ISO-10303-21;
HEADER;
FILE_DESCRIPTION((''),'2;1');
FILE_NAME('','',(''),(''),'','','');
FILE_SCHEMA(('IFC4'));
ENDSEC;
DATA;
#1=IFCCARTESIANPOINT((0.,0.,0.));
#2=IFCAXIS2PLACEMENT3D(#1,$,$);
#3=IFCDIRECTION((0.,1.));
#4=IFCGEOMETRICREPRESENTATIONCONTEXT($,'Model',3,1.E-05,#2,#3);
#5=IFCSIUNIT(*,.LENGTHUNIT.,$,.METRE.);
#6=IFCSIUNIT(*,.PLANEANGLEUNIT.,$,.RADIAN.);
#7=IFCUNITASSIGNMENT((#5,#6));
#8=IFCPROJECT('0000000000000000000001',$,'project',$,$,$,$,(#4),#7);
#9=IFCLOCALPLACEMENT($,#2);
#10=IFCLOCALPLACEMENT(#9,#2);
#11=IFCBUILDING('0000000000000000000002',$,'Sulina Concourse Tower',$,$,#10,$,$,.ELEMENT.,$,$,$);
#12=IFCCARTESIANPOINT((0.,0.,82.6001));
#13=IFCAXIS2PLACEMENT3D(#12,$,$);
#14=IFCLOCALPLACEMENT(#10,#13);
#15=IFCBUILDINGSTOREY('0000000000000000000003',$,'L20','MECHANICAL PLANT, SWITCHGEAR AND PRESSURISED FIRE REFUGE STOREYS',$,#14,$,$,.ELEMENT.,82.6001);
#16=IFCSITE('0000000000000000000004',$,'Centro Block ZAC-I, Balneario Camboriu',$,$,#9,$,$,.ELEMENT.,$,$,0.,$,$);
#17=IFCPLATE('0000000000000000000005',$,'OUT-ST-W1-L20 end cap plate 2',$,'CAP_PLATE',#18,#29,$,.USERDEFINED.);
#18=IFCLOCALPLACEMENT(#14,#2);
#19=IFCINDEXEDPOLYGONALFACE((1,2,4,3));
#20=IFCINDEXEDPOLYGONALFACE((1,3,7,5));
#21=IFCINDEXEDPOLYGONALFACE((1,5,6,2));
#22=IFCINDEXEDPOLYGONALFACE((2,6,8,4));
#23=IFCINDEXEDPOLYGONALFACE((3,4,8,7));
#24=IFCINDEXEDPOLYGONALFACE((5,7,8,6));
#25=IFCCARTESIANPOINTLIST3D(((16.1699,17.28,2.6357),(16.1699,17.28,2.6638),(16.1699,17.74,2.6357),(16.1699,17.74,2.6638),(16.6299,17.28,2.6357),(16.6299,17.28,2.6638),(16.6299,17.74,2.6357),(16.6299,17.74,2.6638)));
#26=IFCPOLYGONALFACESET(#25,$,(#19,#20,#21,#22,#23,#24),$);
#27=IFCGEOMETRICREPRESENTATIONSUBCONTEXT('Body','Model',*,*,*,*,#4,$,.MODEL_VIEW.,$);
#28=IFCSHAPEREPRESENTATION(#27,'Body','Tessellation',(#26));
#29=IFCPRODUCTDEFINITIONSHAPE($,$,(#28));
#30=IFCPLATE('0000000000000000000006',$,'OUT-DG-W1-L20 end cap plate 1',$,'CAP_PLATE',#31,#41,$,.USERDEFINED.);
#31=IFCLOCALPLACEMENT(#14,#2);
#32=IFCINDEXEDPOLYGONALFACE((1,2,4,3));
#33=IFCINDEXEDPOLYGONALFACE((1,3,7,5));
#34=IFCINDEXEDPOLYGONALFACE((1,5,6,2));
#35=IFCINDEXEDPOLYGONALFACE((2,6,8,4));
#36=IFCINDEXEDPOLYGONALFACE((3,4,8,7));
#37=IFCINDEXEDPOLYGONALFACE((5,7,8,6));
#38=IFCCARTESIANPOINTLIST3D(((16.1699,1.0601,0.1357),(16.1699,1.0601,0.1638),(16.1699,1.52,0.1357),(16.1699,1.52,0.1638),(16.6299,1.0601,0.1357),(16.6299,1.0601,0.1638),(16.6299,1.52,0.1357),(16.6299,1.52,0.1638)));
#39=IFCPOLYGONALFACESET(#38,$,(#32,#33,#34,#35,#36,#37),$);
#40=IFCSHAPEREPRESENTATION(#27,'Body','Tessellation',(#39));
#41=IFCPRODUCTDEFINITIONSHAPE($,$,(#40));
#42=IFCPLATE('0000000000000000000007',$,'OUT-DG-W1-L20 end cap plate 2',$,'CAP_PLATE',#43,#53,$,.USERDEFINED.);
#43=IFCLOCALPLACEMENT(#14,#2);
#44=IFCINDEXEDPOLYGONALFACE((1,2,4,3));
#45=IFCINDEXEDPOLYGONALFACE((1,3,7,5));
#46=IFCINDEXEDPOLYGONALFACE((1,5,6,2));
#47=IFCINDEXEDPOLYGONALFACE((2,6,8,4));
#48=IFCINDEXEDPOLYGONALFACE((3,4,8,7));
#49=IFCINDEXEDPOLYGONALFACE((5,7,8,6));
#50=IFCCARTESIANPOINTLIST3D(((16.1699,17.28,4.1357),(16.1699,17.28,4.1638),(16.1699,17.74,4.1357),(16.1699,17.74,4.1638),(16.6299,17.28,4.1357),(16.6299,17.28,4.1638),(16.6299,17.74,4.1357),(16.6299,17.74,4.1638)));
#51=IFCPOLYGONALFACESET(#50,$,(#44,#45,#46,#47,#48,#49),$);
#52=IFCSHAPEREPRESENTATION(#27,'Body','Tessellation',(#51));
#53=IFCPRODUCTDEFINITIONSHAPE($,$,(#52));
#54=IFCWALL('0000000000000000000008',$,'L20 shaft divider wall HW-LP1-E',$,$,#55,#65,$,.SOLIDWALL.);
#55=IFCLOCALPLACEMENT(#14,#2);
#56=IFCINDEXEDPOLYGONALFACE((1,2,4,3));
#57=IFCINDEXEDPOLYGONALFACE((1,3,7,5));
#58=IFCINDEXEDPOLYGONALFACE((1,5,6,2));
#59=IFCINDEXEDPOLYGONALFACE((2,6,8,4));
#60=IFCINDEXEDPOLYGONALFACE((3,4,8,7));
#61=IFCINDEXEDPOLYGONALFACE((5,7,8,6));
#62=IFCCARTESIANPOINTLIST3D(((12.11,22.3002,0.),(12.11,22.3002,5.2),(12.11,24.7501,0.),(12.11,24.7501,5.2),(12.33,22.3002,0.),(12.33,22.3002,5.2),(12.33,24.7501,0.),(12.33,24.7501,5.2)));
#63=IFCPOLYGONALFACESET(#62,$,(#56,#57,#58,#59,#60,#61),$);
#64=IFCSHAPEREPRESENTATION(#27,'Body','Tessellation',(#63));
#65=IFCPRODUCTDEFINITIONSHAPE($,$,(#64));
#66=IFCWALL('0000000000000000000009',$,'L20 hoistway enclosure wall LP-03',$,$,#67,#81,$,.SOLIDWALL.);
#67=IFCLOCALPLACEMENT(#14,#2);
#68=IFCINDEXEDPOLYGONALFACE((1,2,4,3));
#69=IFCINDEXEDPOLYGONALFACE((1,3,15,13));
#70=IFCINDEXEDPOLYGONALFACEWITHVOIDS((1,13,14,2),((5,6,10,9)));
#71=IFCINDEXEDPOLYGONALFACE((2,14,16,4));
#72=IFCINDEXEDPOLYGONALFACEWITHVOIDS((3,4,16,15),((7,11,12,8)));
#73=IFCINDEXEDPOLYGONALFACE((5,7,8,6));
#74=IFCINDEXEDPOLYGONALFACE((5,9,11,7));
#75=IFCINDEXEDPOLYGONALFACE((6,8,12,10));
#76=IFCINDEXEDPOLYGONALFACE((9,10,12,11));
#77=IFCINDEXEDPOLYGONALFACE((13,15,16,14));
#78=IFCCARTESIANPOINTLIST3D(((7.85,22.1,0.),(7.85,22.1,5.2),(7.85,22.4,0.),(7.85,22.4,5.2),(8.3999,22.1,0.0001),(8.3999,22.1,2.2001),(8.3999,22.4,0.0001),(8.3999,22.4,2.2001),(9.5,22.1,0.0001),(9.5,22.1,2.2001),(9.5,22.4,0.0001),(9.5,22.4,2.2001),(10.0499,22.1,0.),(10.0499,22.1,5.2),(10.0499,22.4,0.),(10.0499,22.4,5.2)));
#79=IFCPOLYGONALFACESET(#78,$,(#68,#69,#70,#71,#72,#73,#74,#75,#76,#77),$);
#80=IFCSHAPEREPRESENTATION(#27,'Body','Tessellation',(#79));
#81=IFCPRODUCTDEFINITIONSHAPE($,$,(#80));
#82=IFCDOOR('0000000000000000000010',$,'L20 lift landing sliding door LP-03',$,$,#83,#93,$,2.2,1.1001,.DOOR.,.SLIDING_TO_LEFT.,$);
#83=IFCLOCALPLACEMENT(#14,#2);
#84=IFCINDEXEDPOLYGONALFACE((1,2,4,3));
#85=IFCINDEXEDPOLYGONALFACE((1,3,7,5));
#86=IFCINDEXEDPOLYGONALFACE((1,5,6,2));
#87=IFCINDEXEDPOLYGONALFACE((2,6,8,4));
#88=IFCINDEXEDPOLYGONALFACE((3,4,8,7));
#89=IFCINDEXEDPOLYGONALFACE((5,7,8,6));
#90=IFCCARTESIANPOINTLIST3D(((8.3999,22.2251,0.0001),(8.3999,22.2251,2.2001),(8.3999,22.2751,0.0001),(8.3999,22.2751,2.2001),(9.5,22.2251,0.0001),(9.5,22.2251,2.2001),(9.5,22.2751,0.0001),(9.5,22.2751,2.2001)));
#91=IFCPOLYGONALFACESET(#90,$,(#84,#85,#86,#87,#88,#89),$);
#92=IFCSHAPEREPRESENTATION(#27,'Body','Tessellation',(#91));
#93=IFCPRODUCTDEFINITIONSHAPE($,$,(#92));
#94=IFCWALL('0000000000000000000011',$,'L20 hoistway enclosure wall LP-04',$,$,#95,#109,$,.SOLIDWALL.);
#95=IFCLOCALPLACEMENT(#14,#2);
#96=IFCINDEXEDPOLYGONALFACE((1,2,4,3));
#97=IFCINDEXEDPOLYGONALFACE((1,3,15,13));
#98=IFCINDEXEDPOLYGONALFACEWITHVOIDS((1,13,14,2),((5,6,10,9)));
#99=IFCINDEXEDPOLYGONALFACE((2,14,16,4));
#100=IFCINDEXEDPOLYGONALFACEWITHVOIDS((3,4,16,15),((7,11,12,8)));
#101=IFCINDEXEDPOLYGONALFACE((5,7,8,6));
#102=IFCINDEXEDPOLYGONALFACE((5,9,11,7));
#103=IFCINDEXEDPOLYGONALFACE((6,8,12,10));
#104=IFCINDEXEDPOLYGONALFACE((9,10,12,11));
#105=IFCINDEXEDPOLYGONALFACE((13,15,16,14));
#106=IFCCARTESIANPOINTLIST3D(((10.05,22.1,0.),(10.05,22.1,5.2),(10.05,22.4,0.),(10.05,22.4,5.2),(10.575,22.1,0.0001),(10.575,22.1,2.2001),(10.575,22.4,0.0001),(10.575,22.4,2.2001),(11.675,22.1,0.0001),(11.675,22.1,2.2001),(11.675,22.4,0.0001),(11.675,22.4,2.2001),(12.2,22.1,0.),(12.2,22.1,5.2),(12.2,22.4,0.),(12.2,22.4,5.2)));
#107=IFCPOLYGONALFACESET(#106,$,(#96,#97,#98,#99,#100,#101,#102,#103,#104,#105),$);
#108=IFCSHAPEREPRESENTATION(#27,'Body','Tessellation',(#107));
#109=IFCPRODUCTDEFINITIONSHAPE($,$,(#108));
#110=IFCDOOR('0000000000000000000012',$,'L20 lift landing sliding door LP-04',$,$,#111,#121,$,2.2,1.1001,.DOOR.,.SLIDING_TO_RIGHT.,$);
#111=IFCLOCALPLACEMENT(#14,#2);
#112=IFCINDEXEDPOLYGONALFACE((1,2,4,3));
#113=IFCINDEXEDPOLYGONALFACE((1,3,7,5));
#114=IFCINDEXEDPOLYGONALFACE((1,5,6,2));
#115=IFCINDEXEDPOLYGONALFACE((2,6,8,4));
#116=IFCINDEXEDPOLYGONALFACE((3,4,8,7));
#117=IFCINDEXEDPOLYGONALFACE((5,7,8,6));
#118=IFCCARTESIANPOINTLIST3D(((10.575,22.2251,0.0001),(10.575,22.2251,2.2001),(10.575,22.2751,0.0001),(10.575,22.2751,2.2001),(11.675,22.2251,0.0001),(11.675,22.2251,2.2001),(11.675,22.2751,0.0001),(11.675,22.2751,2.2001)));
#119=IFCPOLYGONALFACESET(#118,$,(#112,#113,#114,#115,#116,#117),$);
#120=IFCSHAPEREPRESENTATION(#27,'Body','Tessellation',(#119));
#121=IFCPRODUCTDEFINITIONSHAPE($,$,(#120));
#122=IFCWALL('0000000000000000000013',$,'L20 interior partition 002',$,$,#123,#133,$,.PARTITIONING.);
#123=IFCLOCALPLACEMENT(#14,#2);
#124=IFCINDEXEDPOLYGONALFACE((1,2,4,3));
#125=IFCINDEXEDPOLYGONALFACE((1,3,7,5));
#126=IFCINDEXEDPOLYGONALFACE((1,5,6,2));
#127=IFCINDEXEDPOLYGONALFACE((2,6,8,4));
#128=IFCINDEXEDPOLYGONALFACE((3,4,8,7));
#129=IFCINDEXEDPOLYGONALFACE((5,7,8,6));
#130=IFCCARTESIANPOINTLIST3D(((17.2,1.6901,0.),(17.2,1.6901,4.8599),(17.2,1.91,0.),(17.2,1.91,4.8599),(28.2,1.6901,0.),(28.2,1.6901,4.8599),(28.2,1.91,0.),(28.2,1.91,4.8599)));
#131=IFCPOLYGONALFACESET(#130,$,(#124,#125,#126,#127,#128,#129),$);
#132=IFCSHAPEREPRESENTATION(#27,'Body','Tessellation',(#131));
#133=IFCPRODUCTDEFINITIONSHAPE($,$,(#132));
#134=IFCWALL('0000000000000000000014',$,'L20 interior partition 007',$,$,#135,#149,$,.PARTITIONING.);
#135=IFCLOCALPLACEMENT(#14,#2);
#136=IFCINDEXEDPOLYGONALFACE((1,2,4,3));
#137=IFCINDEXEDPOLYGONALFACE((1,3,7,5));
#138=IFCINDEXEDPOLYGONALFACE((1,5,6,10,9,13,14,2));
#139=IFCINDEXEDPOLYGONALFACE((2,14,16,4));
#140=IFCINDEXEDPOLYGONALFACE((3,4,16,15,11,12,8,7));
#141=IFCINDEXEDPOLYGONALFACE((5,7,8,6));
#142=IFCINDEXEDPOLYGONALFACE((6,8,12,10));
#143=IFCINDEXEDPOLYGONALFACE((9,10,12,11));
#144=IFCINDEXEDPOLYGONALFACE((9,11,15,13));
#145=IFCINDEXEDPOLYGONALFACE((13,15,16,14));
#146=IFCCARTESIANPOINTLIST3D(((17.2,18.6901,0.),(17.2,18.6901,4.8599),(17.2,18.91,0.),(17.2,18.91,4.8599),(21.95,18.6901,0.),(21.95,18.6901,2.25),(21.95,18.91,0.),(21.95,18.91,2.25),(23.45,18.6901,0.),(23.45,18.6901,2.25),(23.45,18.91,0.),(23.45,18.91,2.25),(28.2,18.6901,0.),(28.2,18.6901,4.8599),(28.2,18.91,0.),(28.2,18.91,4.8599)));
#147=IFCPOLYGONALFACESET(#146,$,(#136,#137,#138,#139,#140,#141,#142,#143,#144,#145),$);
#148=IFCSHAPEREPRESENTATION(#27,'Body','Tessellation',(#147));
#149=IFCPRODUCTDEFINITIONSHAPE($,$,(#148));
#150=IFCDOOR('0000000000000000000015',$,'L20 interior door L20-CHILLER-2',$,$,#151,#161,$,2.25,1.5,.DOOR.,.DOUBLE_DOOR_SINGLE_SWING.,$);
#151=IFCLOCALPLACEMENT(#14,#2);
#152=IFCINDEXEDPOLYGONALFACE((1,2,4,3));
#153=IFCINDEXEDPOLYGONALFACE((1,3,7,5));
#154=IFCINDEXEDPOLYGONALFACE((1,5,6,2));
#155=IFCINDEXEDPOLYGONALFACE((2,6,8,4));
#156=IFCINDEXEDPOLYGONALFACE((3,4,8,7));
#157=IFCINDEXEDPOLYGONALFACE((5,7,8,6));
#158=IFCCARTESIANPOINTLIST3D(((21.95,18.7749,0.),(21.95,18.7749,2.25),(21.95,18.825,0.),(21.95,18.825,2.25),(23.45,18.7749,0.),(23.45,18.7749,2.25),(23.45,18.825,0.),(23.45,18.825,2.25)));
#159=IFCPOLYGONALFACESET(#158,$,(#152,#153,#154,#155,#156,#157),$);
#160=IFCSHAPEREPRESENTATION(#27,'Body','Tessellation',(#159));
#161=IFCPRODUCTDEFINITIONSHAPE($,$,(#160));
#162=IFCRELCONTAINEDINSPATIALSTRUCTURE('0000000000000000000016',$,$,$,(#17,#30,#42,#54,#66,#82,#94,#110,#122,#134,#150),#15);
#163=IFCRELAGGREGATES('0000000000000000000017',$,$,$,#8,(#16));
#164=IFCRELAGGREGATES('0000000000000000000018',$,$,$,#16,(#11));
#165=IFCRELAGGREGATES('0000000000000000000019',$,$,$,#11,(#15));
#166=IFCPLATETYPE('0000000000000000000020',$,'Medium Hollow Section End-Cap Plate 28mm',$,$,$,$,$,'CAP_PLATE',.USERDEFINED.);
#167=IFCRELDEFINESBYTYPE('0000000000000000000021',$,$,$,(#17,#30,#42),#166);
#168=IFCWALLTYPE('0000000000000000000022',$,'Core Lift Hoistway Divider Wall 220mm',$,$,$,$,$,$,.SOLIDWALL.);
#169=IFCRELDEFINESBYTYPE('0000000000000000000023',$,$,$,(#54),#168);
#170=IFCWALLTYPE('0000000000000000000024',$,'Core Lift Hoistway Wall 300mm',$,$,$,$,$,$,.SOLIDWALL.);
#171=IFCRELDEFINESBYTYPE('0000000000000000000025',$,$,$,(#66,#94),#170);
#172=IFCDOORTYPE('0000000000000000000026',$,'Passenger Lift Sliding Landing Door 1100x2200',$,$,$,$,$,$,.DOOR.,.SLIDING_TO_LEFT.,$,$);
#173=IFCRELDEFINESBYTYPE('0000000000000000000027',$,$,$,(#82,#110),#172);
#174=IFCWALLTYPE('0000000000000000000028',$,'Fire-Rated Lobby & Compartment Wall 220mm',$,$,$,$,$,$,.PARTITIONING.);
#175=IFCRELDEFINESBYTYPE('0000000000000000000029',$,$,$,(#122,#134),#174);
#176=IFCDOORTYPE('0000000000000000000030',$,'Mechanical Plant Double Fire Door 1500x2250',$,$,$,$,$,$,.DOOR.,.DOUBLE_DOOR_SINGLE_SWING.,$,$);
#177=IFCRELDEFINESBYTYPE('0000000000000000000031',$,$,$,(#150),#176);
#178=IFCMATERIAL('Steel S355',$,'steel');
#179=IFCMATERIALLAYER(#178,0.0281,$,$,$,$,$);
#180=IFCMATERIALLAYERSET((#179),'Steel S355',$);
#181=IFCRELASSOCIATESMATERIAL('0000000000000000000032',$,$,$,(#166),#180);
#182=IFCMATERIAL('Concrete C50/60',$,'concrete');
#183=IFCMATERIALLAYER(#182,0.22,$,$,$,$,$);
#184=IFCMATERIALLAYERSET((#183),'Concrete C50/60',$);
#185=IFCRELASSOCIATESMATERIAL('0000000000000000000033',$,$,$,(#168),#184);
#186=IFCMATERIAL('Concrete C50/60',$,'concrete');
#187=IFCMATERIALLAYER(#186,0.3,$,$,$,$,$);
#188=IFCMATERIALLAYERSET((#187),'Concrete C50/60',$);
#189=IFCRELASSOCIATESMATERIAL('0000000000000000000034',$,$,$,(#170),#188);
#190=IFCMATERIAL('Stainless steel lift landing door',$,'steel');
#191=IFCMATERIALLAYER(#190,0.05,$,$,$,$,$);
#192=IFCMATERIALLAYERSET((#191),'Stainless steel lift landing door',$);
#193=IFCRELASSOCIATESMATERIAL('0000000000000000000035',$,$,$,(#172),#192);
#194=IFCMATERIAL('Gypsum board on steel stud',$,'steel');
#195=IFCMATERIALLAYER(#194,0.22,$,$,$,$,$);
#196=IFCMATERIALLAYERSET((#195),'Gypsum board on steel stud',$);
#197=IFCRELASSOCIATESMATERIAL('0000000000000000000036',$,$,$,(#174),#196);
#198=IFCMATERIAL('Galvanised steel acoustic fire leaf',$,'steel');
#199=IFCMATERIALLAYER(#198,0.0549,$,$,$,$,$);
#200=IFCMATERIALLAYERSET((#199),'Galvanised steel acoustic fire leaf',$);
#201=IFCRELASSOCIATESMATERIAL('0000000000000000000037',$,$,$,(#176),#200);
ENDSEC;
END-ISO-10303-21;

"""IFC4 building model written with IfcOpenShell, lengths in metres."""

from ifc_helpers import new_model, si_unit, direction, frame, frame_2d, origin, origin_2d, place, context, subcontext, project, spatial, rectangle, extrude, material, layer, layer_set, type_object, element, fill, save


model = new_model("IFC4")

# Units and contexts
model_context = context("Model", 3, precision=1e-05, world=origin(), true_north=direction((0.0, 1.0)))
body_context = subcontext(model_context, "Body", "Model", "MODEL_VIEW")
ifc_project = project(units=[si_unit("LENGTHUNIT", "METRE"), si_unit("PLANEANGLEUNIT", "RADIAN")], contexts=[model_context])

# Site, building, storey
site_placement = place(None, origin())
site = spatial("IfcSite", under=ifc_project, at=site_placement, Name="Centro Block ZAC-I, Balneario Camboriu", CompositionType="ELEMENT", RefElevation=0.0)
building_placement = place(site_placement, origin())
building = spatial("IfcBuilding", under=site, at=building_placement, Name="Sulina Concourse Tower", CompositionType="ELEMENT")
storey_placement = place(building_placement, frame((0.0, 0.0, 82.6001)))
storey = spatial("IfcBuildingStorey", under=building, at=storey_placement, Name="L20", Description="MECHANICAL PLANT, SWITCHGEAR AND PRESSURISED FIRE REFUGE STOREYS", CompositionType="ELEMENT", Elevation=82.6001)

# Plates
ifc_material_1 = material(Name="Steel S355", Category="steel")
ifc_layer_1 = layer(ifc_material_1, 0.0281)
ifc_layer_set_1 = layer_set([ifc_layer_1], Name="Steel S355")
plate_type = type_object("IfcPlateType", Name="Medium Hollow Section End-Cap Plate 28mm", ElementType="CAP_PLATE", PredefinedType="USERDEFINED", material=ifc_layer_set_1)
for number, where, z_axis, x_axis, name in (
    (1, (16.3999, 17.51, 2.6357), (0.0, 0.0, 1.0), (1.0, 0.0, 0.0), "OUT-ST-W1-L20 end cap plate 2"),
    (2, (16.3999, 1.29, 0.1357), (0.0, 0.0, 1.0), (1.0, 0.0, 0.0), "OUT-DG-W1-L20 end cap plate 1"),
    (3, (16.3999, 17.51, 4.1357), (0.0, 0.0, 1.0), (1.0, 0.0, 0.0), "OUT-DG-W1-L20 end cap plate 2"),
):
    element("IfcPlate", number, at=place(storey_placement, frame(where, z_axis=z_axis, x_axis=x_axis)), inside=storey, type_object=plate_type, Name=name, ObjectType="CAP_PLATE", PredefinedType="USERDEFINED", context=body_context, shape_type="SweptSolid", body=[
        extrude(rectangle(XDim=0.46, YDim=0.46, at=origin_2d()), origin(), (0.0, 0.0, 1.0), 0.0281),
    ])

# Wall
ifc_material_2 = material(Name="Concrete C50/60", Category="concrete")
ifc_layer_2 = layer(ifc_material_2, 0.22)
ifc_layer_set_2 = layer_set([ifc_layer_2], Name="Concrete C50/60")
wall_type_1 = type_object("IfcWallType", Name="Core Lift Hoistway Divider Wall 220mm", PredefinedType="SOLIDWALL", material=ifc_layer_set_2)
wall_1_placement = place(storey_placement, frame((12.22, 22.3, 0.0), z_axis=(0.0, 0.0, 1.0), x_axis=(0.0, 1.0, 0.0)))
element("IfcWall", 4, at=wall_1_placement, inside=storey, type_object=wall_type_1, Name="L20 shaft divider wall HW-LP1-E", PredefinedType="SOLIDWALL", context=body_context, shape_type="SweptSolid", body=[
    extrude(rectangle(XDim=2.45, YDim=0.22, at=frame_2d((1.2251, 0.0))), origin(), (0.0, 0.0, 1.0), 5.2),
])

# Walls, openings, doors
ifc_material_3 = material(Name="Concrete C50/60", Category="concrete")
ifc_layer_3 = layer(ifc_material_3, 0.3)
ifc_layer_set_3 = layer_set([ifc_layer_3], Name="Concrete C50/60")
wall_type_2 = type_object("IfcWallType", Name="Core Lift Hoistway Wall 300mm", PredefinedType="SOLIDWALL", material=ifc_layer_set_3)
wall_2_placement = place(storey_placement, frame((10.05, 22.25, 0.0), z_axis=(0.0, 0.0, 1.0), x_axis=(-1.0, 0.0, 0.0)))
wall_2 = element("IfcWall", 5, at=wall_2_placement, inside=storey, type_object=wall_type_2, Name="L20 hoistway enclosure wall LP-03", PredefinedType="SOLIDWALL", context=body_context, shape_type="SweptSolid", body=[
    extrude(rectangle(XDim=2.2, YDim=0.3, at=frame_2d((1.1001, 0.0))), origin(), (0.0, 0.0, 1.0), 5.2),
])
opening_1_placement = place(wall_2_placement, frame((0.55, 0.0, 0.0)))
opening_1 = element("IfcOpeningElement", 6, at=opening_1_placement, cuts=wall_2, PredefinedType="OPENING", context=body_context, shape_type="SweptSolid", body=[
    extrude(rectangle(XDim=1.1001, YDim=2.2, at=frame_2d((0.55, 1.1001))), frame((0.0, 0.1599, 0.0), z_axis=(0.0, -1.0, 0.0), x_axis=(1.0, 0.0, 0.0)), (0.0, 0.0, 1.0), 0.3201),
])
ifc_material_4 = material(Name="Stainless steel lift landing door", Category="steel")
ifc_layer_4 = layer(ifc_material_4, 0.05)
ifc_layer_set_4 = layer_set([ifc_layer_4], Name="Stainless steel lift landing door")
door_type_1 = type_object("IfcDoorType", Name="Passenger Lift Sliding Landing Door 1100x2200", OperationType="SLIDING_TO_LEFT", PredefinedType="DOOR", material=ifc_layer_set_4)
door_1_placement = place(opening_1_placement, origin())
door_1 = element("IfcDoor", 7, at=door_1_placement, inside=storey, type_object=door_type_1, Name="L20 lift landing sliding door LP-03", OperationType="SLIDING_TO_LEFT", OverallHeight=2.2, OverallWidth=1.1001, PredefinedType="DOOR", context=body_context, shape_type="SweptSolid", body=[
    extrude(rectangle(XDim=1.1001, YDim=2.2, at=frame_2d((0.55, 1.1001))), frame((0.0, 0.0249, 0.0), z_axis=(0.0, -1.0, 0.0), x_axis=(1.0, 0.0, 0.0)), (0.0, 0.0, 1.0), 0.05),
])
fill(opening_1, door_1)
wall_3_placement = place(storey_placement, frame((12.2, 22.25, 0.0), z_axis=(0.0, 0.0, 1.0), x_axis=(-1.0, 0.0, 0.0)))
wall_3 = element("IfcWall", 8, at=wall_3_placement, inside=storey, type_object=wall_type_2, Name="L20 hoistway enclosure wall LP-04", PredefinedType="SOLIDWALL", context=body_context, shape_type="SweptSolid", body=[
    extrude(rectangle(XDim=2.1499, YDim=0.3, at=frame_2d((1.075, 0.0))), origin(), (0.0, 0.0, 1.0), 5.2),
])
opening_2_placement = place(wall_3_placement, frame((0.5249, 0.0, 0.0)))
opening_2 = element("IfcOpeningElement", 9, at=opening_2_placement, cuts=wall_3, PredefinedType="OPENING", context=body_context, shape_type="SweptSolid", body=[
    extrude(rectangle(XDim=1.1001, YDim=2.2, at=frame_2d((0.55, 1.1001))), frame((0.0, 0.1599, 0.0), z_axis=(0.0, -1.0, 0.0), x_axis=(1.0, 0.0, 0.0)), (0.0, 0.0, 1.0), 0.3201),
])
door_2_placement = place(opening_2_placement, origin())
door_2 = element("IfcDoor", 10, at=door_2_placement, inside=storey, type_object=door_type_1, Name="L20 lift landing sliding door LP-04", OperationType="SLIDING_TO_RIGHT", OverallHeight=2.2, OverallWidth=1.1001, PredefinedType="DOOR", context=body_context, shape_type="SweptSolid", body=[
    extrude(rectangle(XDim=1.1001, YDim=2.2, at=frame_2d((0.55, 1.1001))), frame((0.0, 0.0249, 0.0), z_axis=(0.0, -1.0, 0.0), x_axis=(1.0, 0.0, 0.0)), (0.0, 0.0, 1.0), 0.05),
])
fill(opening_2, door_2)

# Wall
ifc_material_5 = material(Name="Gypsum board on steel stud", Category="steel")
ifc_layer_5 = layer(ifc_material_5, 0.22)
ifc_layer_set_5 = layer_set([ifc_layer_5], Name="Gypsum board on steel stud")
wall_type_3 = type_object("IfcWallType", Name="Fire-Rated Lobby & Compartment Wall 220mm", PredefinedType="PARTITIONING", material=ifc_layer_set_5)
wall_4_placement = place(storey_placement, frame((17.2, 1.8, 0.0), z_axis=(0.0, 0.0, 1.0), x_axis=(1.0, 0.0, 0.0)))
element("IfcWall", 11, at=wall_4_placement, inside=storey, type_object=wall_type_3, Name="L20 interior partition 002", PredefinedType="PARTITIONING", context=body_context, shape_type="SweptSolid", body=[
    extrude(rectangle(XDim=11.0, YDim=0.22, at=frame_2d((5.5, 0.0))), origin(), (0.0, 0.0, 1.0), 4.8599),
])

# Wall, opening, door
wall_5_placement = place(storey_placement, frame((17.2, 18.8, 0.0), z_axis=(0.0, 0.0, 1.0), x_axis=(1.0, 0.0, 0.0)))
wall_5 = element("IfcWall", 12, at=wall_5_placement, inside=storey, type_object=wall_type_3, Name="L20 interior partition 007", PredefinedType="PARTITIONING", context=body_context, shape_type="SweptSolid", body=[
    extrude(rectangle(XDim=11.0, YDim=0.22, at=frame_2d((5.5, 0.0))), origin(), (0.0, 0.0, 1.0), 4.8599),
])
opening_3_placement = place(wall_5_placement, frame((4.75, 0.0, 0.0)))
opening_3 = element("IfcOpeningElement", 13, at=opening_3_placement, cuts=wall_5, PredefinedType="OPENING", context=body_context, shape_type="SweptSolid", body=[
    extrude(rectangle(XDim=1.5, YDim=2.25, at=frame_2d((0.75, 1.125))), frame((0.0, 0.1199, 0.0), z_axis=(0.0, -1.0, 0.0), x_axis=(1.0, 0.0, 0.0)), (0.0, 0.0, 1.0), 0.24),
])
ifc_material_6 = material(Name="Galvanised steel acoustic fire leaf", Category="steel")
ifc_layer_6 = layer(ifc_material_6, 0.0549)
ifc_layer_set_6 = layer_set([ifc_layer_6], Name="Galvanised steel acoustic fire leaf")
door_type_2 = type_object("IfcDoorType", Name="Mechanical Plant Double Fire Door 1500x2250", OperationType="DOUBLE_DOOR_SINGLE_SWING", PredefinedType="DOOR", material=ifc_layer_set_6)
door_3_placement = place(opening_3_placement, origin())
door_3 = element("IfcDoor", 14, at=door_3_placement, inside=storey, type_object=door_type_2, Name="L20 interior door L20-CHILLER-2", OperationType="DOUBLE_DOOR_SINGLE_SWING", OverallHeight=2.25, OverallWidth=1.5, PredefinedType="DOOR", context=body_context, shape_type="SweptSolid", body=[
    extrude(rectangle(XDim=1.5, YDim=2.25, at=frame_2d((0.75, 1.125))), frame((0.0, 0.0249, 0.0), z_axis=(0.0, -1.0, 0.0), x_axis=(1.0, 0.0, 0.0)), (0.0, 0.0, 1.0), 0.05),
])
fill(opening_3, door_3)

save(model, "model.ifc")
